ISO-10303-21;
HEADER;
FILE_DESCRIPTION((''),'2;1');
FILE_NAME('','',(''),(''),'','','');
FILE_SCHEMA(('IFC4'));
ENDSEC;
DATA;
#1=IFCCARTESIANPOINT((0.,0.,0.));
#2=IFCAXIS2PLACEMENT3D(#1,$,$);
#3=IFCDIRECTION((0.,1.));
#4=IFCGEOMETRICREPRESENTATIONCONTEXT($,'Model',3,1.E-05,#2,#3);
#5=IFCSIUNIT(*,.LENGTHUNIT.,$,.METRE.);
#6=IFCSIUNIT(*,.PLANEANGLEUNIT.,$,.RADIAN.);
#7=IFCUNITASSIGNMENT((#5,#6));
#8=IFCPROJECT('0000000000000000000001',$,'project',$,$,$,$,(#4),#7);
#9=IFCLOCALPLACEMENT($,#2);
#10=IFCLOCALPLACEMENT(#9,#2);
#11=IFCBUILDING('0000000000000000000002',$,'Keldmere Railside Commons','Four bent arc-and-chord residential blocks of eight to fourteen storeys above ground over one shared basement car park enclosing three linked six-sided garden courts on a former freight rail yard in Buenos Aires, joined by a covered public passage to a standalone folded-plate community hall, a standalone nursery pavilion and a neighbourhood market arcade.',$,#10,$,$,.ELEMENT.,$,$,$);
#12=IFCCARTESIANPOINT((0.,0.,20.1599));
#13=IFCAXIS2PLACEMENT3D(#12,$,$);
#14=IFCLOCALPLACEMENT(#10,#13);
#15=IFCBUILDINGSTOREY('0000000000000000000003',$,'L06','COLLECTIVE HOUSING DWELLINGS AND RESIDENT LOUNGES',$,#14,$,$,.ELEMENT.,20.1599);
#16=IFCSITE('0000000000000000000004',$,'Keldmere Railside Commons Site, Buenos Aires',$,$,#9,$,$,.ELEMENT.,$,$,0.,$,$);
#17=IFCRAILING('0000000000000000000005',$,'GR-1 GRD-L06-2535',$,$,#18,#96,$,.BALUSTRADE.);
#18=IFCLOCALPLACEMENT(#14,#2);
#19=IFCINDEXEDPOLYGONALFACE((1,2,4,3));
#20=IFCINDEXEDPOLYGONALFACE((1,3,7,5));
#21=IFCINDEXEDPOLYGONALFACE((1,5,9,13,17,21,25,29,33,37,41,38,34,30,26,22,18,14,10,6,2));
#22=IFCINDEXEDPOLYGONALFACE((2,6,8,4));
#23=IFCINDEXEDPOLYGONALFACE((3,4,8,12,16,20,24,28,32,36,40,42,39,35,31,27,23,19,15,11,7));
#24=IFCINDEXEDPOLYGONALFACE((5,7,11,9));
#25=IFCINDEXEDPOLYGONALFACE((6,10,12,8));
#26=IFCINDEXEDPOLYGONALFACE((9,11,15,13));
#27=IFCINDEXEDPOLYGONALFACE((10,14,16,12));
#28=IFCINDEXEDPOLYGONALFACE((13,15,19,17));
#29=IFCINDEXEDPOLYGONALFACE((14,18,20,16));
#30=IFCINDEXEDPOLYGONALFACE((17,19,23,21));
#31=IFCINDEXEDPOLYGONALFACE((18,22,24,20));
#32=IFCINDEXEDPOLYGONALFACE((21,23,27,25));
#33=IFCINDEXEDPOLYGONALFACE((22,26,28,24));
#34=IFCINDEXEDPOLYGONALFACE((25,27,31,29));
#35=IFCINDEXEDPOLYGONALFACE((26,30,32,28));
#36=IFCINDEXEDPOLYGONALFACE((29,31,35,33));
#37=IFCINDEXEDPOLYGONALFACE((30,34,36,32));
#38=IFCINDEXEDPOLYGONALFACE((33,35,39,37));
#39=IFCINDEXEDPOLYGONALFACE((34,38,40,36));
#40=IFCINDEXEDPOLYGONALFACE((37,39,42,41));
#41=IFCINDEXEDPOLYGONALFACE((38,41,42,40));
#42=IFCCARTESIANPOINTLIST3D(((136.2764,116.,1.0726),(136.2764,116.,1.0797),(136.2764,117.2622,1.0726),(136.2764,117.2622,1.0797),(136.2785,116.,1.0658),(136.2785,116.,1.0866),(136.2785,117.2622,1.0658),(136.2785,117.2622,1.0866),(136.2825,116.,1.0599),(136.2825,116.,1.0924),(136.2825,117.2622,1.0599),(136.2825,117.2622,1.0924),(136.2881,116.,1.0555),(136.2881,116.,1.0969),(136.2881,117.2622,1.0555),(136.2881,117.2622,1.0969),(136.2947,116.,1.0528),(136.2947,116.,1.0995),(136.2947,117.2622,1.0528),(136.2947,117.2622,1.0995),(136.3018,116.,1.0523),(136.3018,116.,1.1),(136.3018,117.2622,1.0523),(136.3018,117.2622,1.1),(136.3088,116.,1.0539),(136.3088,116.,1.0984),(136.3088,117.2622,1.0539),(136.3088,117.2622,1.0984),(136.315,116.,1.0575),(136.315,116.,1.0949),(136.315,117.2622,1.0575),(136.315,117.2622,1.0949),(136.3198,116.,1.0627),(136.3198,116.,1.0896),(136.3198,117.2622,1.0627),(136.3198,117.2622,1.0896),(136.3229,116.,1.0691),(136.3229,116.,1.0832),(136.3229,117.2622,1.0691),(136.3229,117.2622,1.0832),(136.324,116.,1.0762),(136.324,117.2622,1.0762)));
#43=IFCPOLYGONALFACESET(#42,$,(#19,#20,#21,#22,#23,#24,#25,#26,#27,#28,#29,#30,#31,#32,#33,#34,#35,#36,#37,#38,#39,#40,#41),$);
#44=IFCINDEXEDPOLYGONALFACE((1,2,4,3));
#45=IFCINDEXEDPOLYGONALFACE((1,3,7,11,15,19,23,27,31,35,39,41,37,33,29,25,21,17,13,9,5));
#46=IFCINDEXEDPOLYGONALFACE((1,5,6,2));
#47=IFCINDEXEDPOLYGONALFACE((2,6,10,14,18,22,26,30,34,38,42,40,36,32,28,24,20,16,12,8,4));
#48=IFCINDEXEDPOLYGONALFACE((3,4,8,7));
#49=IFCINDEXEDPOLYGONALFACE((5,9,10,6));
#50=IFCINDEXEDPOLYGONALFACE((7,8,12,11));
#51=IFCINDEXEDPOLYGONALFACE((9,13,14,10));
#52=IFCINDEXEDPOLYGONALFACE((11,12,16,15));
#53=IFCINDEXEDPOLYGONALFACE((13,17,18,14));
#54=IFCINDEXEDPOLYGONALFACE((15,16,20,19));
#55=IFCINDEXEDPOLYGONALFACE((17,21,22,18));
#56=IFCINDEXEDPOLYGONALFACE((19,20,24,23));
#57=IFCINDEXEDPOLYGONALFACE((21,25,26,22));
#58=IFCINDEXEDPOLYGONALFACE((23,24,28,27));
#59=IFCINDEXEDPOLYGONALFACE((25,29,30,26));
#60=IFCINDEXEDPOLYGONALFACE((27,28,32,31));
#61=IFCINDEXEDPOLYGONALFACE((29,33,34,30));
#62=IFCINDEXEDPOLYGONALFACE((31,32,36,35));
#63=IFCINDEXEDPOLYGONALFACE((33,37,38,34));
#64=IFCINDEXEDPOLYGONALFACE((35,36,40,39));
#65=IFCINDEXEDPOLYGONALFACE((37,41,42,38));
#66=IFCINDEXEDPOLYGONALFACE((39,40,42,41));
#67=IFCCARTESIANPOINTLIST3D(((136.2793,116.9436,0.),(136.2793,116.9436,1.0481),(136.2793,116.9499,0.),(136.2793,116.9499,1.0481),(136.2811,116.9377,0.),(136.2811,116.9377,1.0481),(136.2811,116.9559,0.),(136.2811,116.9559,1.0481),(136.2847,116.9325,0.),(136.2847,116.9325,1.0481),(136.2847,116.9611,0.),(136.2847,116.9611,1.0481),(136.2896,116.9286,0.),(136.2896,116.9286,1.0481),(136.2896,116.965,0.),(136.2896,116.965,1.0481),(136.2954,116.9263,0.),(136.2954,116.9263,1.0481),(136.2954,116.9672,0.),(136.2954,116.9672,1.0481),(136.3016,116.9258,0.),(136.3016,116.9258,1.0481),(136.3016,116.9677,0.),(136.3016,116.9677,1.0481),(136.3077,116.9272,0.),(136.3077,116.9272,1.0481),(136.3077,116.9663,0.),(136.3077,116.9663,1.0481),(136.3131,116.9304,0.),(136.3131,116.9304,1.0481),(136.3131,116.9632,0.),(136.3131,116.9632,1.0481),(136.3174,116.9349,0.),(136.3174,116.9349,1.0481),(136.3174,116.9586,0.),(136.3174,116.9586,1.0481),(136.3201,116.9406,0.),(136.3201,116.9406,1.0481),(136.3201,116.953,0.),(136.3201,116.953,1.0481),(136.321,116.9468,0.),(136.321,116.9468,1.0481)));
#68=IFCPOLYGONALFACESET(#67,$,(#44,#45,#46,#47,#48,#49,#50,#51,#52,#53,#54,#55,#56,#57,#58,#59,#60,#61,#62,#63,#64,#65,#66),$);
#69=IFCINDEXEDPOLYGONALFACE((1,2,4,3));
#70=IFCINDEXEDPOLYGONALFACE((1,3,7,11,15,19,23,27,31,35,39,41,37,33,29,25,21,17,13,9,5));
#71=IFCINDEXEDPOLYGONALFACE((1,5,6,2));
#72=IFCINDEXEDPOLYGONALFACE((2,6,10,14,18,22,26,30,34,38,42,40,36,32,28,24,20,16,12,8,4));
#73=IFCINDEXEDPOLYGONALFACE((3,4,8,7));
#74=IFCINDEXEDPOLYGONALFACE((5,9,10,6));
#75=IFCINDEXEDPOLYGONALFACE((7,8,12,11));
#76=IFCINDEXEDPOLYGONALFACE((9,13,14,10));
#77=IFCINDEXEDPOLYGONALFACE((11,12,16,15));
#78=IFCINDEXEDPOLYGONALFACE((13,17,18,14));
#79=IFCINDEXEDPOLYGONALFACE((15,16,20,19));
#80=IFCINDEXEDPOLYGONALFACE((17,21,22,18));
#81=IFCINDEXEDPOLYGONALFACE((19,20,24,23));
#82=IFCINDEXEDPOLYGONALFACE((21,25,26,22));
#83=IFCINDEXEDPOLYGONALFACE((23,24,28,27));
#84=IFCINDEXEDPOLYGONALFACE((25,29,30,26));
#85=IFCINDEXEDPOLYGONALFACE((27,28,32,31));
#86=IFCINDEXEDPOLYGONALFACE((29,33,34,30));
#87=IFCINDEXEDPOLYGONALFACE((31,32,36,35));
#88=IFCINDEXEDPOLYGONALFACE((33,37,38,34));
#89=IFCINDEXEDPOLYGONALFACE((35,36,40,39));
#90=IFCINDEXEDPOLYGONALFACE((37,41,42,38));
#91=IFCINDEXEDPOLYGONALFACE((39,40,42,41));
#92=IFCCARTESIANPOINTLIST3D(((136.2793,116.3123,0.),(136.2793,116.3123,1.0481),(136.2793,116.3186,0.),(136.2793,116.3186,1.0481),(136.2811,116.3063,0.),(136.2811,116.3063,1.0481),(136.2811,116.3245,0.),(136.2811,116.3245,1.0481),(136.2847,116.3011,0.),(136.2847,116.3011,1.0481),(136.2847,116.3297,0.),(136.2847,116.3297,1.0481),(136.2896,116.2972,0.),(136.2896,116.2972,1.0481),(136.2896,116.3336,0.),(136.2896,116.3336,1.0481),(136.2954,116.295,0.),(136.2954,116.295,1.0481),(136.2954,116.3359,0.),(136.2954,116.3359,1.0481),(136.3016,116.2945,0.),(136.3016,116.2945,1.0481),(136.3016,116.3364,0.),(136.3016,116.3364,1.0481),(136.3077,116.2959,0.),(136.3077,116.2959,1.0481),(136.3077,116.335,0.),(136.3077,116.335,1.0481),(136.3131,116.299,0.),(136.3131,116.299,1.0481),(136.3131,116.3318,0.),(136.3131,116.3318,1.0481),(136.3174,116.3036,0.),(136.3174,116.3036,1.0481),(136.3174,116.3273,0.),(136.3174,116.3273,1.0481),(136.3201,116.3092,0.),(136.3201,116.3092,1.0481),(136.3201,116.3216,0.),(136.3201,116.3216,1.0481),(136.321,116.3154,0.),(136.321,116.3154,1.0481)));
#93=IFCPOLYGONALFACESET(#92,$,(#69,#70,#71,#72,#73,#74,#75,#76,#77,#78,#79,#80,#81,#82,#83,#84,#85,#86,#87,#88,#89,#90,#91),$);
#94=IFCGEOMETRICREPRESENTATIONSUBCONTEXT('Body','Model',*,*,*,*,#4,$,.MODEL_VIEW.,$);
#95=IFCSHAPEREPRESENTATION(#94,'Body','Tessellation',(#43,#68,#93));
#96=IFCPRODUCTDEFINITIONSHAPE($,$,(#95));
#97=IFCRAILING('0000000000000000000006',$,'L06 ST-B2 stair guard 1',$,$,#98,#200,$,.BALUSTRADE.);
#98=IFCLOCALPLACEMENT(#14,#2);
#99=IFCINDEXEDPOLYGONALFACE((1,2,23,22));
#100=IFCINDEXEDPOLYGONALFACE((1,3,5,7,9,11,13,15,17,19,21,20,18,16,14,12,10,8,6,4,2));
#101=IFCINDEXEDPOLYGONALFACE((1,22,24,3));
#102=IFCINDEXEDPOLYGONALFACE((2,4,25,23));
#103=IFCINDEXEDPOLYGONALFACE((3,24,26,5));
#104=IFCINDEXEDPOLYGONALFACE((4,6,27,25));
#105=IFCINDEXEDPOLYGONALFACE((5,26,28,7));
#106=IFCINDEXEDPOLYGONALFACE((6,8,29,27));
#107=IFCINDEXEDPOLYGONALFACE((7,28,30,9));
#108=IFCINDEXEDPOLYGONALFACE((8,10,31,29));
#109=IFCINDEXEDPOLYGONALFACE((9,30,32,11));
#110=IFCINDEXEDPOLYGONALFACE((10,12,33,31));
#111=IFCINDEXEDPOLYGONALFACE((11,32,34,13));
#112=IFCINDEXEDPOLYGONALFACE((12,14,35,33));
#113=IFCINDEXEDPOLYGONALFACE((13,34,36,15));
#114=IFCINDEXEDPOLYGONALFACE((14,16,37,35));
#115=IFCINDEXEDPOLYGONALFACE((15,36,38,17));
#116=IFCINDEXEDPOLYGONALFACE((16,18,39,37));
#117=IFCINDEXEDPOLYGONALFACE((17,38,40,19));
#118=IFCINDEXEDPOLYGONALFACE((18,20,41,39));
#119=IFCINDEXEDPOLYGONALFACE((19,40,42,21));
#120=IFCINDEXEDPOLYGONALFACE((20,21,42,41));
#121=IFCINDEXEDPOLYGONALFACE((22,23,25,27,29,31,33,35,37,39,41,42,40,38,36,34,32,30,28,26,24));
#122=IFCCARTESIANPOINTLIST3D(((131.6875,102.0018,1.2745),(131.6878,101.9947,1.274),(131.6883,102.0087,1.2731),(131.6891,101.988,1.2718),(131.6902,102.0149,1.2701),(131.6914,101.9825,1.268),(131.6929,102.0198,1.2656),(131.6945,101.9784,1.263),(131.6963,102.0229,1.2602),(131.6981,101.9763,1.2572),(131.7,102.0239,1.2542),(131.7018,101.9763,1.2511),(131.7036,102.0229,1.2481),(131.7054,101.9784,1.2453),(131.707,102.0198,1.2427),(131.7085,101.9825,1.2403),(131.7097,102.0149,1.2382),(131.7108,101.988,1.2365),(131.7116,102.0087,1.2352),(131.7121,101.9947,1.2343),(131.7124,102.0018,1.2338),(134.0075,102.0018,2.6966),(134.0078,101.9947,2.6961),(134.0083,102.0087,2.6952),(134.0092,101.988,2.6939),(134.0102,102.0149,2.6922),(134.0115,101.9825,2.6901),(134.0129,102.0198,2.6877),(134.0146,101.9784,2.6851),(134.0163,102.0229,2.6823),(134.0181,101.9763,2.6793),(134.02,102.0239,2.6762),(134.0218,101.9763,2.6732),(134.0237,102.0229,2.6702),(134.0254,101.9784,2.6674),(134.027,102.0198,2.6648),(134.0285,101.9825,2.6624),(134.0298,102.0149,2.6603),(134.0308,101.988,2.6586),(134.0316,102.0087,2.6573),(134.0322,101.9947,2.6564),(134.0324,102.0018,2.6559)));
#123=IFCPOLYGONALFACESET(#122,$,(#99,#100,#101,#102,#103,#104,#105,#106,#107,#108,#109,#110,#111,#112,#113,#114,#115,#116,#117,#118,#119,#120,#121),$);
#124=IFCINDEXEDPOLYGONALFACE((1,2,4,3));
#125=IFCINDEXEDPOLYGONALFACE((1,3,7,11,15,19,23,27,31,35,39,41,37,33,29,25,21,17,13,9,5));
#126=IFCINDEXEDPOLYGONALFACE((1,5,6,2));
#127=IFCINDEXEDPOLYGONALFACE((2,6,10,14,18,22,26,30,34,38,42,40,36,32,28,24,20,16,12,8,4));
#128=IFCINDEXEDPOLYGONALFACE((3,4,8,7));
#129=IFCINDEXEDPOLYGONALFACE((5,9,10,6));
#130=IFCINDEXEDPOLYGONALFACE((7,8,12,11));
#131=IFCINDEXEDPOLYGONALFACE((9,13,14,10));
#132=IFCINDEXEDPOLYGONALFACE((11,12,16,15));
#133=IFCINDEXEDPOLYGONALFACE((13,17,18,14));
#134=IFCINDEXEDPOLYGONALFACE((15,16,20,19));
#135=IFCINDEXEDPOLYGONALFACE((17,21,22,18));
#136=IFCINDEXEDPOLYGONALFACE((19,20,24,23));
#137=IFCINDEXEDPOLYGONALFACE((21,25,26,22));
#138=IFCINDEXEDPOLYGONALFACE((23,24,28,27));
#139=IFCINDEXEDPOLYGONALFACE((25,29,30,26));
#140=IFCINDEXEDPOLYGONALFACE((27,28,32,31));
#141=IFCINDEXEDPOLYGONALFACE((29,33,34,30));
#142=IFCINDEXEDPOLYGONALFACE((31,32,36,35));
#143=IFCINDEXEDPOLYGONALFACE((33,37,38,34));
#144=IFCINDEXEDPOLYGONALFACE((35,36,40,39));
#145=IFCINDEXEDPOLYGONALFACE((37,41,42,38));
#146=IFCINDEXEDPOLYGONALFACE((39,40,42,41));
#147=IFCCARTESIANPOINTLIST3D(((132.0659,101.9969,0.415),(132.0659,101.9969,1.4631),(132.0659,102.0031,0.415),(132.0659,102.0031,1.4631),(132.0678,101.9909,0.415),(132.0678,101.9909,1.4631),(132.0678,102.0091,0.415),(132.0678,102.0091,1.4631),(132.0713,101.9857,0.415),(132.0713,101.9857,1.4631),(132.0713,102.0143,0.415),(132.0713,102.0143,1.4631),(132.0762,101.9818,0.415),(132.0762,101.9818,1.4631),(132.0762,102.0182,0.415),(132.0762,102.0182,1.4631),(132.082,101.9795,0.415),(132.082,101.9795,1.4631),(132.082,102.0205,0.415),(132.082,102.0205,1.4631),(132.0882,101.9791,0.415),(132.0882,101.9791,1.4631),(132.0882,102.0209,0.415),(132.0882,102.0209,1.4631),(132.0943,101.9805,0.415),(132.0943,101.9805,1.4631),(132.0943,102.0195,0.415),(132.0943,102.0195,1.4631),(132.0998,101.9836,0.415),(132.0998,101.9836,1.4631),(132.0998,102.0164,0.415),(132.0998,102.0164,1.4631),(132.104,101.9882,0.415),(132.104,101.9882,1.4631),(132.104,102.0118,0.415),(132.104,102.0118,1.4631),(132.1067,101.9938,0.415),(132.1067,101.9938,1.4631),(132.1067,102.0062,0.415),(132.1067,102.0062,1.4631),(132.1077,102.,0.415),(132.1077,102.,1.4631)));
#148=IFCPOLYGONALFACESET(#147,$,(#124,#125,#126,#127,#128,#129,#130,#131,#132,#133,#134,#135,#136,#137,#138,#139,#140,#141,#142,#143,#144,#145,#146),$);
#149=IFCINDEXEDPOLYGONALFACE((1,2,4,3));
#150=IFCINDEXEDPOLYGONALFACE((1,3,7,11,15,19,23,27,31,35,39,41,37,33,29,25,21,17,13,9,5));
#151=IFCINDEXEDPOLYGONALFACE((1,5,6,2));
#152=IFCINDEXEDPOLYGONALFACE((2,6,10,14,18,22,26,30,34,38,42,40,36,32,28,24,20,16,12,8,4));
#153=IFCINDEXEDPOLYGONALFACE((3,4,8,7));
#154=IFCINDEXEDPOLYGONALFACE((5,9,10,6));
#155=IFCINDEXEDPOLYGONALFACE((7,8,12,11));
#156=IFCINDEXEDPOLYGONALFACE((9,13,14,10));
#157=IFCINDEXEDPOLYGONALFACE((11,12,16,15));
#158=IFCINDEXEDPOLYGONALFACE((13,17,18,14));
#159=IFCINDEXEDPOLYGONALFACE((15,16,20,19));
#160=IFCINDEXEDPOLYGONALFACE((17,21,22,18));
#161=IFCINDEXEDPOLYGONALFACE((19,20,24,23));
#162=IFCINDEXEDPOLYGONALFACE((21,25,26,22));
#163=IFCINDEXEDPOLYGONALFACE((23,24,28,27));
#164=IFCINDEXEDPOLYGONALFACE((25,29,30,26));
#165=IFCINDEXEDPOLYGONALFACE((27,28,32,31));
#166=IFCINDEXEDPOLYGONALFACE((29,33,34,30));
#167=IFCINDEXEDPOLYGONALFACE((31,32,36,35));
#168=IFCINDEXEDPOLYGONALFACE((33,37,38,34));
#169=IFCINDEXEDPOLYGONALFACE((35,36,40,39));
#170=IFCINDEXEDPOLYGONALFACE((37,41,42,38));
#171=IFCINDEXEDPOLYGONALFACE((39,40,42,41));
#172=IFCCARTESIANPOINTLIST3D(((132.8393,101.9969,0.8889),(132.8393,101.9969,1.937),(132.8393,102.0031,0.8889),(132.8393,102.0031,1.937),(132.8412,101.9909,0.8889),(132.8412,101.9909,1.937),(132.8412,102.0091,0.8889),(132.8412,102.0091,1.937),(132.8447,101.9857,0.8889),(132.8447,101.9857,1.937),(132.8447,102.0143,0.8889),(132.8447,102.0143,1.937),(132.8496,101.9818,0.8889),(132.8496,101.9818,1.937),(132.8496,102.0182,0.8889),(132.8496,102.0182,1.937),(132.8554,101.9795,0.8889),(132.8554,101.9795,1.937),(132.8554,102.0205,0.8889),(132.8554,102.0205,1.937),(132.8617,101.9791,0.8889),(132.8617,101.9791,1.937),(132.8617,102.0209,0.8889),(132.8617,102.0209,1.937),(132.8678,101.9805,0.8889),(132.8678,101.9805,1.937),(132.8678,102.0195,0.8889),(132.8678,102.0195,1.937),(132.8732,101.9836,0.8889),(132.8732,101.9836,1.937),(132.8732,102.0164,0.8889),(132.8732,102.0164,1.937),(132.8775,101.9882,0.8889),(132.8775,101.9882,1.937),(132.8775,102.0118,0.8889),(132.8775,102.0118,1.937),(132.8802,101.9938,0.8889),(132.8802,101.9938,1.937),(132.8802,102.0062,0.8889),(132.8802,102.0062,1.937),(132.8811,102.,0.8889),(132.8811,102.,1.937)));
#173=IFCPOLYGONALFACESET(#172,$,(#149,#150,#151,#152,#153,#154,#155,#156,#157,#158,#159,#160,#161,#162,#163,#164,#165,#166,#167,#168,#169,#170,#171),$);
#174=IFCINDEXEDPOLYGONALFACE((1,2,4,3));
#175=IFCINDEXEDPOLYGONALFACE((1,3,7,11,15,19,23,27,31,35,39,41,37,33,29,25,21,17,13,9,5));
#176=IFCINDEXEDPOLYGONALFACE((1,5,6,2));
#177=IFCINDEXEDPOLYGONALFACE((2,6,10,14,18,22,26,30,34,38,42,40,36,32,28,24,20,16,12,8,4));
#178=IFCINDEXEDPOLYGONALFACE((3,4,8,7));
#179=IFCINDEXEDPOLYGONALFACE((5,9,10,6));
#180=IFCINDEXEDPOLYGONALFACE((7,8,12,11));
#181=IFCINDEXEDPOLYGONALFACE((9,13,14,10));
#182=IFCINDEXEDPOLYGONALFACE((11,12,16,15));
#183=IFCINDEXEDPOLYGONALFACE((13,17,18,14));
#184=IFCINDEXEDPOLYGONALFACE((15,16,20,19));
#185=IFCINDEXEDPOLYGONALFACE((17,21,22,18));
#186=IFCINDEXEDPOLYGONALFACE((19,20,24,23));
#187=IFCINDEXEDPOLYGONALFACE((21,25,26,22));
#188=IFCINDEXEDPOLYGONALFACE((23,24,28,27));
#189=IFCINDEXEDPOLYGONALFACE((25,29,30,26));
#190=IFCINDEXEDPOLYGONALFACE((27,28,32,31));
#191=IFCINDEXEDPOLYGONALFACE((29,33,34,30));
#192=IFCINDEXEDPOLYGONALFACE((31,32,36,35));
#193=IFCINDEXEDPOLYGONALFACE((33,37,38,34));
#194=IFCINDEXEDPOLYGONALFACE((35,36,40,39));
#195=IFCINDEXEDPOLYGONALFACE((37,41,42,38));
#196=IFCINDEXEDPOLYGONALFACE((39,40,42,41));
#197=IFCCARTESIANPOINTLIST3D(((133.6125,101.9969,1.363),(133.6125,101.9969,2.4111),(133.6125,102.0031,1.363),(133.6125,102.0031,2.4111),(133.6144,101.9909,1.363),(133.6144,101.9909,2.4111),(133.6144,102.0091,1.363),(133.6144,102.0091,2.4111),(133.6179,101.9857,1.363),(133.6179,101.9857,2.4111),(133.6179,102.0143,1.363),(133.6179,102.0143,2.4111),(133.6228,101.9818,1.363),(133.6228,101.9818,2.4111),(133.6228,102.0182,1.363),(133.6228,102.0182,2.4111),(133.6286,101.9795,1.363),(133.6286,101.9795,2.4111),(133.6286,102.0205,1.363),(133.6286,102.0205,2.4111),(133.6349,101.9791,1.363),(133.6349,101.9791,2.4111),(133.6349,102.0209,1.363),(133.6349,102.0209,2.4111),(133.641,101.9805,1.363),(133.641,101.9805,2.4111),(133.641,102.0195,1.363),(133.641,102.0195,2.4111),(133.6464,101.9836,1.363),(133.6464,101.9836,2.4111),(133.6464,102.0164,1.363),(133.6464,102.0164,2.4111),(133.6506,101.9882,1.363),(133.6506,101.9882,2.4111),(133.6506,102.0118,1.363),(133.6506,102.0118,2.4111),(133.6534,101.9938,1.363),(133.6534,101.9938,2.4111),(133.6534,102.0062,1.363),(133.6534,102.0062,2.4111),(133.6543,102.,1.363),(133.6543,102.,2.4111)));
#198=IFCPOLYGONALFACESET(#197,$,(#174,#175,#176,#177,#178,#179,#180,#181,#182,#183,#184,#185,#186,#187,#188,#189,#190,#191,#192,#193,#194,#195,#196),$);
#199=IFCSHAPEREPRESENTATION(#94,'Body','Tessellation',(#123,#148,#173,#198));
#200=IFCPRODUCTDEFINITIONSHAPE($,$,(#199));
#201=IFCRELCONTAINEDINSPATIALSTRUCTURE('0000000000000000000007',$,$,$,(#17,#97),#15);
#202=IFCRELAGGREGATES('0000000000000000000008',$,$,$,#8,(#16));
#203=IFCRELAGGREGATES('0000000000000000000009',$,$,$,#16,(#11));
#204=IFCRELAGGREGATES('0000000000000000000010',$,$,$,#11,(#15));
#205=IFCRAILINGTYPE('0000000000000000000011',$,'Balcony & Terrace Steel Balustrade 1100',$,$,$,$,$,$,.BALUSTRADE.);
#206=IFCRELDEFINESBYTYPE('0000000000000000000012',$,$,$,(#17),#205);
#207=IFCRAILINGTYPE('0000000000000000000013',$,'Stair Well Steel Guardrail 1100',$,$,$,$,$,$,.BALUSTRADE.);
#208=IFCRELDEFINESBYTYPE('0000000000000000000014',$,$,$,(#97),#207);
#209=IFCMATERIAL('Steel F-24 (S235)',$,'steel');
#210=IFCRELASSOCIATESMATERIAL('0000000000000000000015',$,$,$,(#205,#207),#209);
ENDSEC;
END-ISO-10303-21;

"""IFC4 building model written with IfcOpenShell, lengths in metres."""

from ifc_helpers import new_model, si_unit, direction, frame, origin, origin_2d, place, context, subcontext, project, spatial, circle, extrude, material, type_object, element, save


model = new_model("IFC4")

# Units and contexts
model_context = context("Model", 3, precision=1e-05, world=origin(), true_north=direction((0.0, 1.0)))
body_context = subcontext(model_context, "Body", "Model", "MODEL_VIEW")
ifc_project = project(units=[si_unit("LENGTHUNIT", "METRE"), si_unit("PLANEANGLEUNIT", "RADIAN")], contexts=[model_context])

# Site, building, storey
site_placement = place(None, origin())
site = spatial("IfcSite", under=ifc_project, at=site_placement, Name="Keldmere Railside Commons Site, Buenos Aires", CompositionType="ELEMENT", RefElevation=0.0)
building_placement = place(site_placement, origin())
building = spatial("IfcBuilding", under=site, at=building_placement, Name="Keldmere Railside Commons", Description="Four bent arc-and-chord residential blocks of eight to fourteen storeys above ground over one shared basement car park enclosing three linked six-sided garden courts on a former freight rail yard in Buenos Aires, joined by a covered public passage to a standalone folded-plate community hall, a standalone nursery pavilion and a neighbourhood market arcade.", CompositionType="ELEMENT")
storey_placement = place(building_placement, frame((0.0, 0.0, 20.1599)))
storey = spatial("IfcBuildingStorey", under=building, at=storey_placement, Name="L06", Description="COLLECTIVE HOUSING DWELLINGS AND RESIDENT LOUNGES", CompositionType="ELEMENT", Elevation=20.1599)

# Railings
ifc_material_1 = material(Name="Steel F-24 (S235)", Category="steel")
railing_type_1 = type_object("IfcRailingType", Name="Balcony & Terrace Steel Balustrade 1100", PredefinedType="BALUSTRADE", material=ifc_material_1)
railing_1_placement = place(storey_placement, frame((136.3, 117.2622, 0.0)))
element("IfcRailing", 1, at=railing_1_placement, inside=storey, type_object=railing_type_1, Name="GR-1 GRD-L06-2535", PredefinedType="BALUSTRADE", context=body_context, shape_type="SweptSolid", body=[
    extrude(circle(Radius=0.0239, at=origin_2d()), frame((0.0, 0.0, 1.0762), z_axis=(0.0, -1.0, 0.0), x_axis=(1.0, 0.0, 0.0)), (0.0, 0.0, 1.0), 1.2622),
    extrude(circle(Radius=0.021, at=origin_2d()), frame((0.0, -0.3154, 0.0)), (0.0, 0.0, 1.0), 1.0481),
    extrude(circle(Radius=0.021, at=origin_2d()), frame((0.0, -0.9468, 0.0)), (0.0, 0.0, 1.0), 1.0481),
])
railing_type_2 = type_object("IfcRailingType", Name="Stair Well Steel Guardrail 1100", PredefinedType="BALUSTRADE", material=ifc_material_1)
railing_2_placement = place(storey_placement, frame((131.7, 102.0, 0.178)))
element("IfcRailing", 2, at=railing_2_placement, inside=storey, type_object=railing_type_2, Name="L06 ST-B2 stair guard 1", PredefinedType="BALUSTRADE", context=body_context, shape_type="SweptSolid", body=[
    extrude(circle(Radius=0.0239, at=origin_2d()), frame((0.0, 0.0, 1.0762), z_axis=(0.852578, 0.0, 0.5226), x_axis=(0.0, 1.0, 0.0)), (0.0, 0.0, 1.0), 2.7212),
    extrude(circle(Radius=0.021, at=origin_2d()), frame((0.3867, 0.0, 0.2371)), (0.0, 0.0, 1.0), 1.0481),
    extrude(circle(Radius=0.021, at=origin_2d()), frame((1.1602, 0.0, 0.7109)), (0.0, 0.0, 1.0), 1.0481),
    extrude(circle(Radius=0.021, at=origin_2d()), frame((1.9333, 0.0, 1.1851)), (0.0, 0.0, 1.0), 1.0481),
])

save(model, "model.ifc")
